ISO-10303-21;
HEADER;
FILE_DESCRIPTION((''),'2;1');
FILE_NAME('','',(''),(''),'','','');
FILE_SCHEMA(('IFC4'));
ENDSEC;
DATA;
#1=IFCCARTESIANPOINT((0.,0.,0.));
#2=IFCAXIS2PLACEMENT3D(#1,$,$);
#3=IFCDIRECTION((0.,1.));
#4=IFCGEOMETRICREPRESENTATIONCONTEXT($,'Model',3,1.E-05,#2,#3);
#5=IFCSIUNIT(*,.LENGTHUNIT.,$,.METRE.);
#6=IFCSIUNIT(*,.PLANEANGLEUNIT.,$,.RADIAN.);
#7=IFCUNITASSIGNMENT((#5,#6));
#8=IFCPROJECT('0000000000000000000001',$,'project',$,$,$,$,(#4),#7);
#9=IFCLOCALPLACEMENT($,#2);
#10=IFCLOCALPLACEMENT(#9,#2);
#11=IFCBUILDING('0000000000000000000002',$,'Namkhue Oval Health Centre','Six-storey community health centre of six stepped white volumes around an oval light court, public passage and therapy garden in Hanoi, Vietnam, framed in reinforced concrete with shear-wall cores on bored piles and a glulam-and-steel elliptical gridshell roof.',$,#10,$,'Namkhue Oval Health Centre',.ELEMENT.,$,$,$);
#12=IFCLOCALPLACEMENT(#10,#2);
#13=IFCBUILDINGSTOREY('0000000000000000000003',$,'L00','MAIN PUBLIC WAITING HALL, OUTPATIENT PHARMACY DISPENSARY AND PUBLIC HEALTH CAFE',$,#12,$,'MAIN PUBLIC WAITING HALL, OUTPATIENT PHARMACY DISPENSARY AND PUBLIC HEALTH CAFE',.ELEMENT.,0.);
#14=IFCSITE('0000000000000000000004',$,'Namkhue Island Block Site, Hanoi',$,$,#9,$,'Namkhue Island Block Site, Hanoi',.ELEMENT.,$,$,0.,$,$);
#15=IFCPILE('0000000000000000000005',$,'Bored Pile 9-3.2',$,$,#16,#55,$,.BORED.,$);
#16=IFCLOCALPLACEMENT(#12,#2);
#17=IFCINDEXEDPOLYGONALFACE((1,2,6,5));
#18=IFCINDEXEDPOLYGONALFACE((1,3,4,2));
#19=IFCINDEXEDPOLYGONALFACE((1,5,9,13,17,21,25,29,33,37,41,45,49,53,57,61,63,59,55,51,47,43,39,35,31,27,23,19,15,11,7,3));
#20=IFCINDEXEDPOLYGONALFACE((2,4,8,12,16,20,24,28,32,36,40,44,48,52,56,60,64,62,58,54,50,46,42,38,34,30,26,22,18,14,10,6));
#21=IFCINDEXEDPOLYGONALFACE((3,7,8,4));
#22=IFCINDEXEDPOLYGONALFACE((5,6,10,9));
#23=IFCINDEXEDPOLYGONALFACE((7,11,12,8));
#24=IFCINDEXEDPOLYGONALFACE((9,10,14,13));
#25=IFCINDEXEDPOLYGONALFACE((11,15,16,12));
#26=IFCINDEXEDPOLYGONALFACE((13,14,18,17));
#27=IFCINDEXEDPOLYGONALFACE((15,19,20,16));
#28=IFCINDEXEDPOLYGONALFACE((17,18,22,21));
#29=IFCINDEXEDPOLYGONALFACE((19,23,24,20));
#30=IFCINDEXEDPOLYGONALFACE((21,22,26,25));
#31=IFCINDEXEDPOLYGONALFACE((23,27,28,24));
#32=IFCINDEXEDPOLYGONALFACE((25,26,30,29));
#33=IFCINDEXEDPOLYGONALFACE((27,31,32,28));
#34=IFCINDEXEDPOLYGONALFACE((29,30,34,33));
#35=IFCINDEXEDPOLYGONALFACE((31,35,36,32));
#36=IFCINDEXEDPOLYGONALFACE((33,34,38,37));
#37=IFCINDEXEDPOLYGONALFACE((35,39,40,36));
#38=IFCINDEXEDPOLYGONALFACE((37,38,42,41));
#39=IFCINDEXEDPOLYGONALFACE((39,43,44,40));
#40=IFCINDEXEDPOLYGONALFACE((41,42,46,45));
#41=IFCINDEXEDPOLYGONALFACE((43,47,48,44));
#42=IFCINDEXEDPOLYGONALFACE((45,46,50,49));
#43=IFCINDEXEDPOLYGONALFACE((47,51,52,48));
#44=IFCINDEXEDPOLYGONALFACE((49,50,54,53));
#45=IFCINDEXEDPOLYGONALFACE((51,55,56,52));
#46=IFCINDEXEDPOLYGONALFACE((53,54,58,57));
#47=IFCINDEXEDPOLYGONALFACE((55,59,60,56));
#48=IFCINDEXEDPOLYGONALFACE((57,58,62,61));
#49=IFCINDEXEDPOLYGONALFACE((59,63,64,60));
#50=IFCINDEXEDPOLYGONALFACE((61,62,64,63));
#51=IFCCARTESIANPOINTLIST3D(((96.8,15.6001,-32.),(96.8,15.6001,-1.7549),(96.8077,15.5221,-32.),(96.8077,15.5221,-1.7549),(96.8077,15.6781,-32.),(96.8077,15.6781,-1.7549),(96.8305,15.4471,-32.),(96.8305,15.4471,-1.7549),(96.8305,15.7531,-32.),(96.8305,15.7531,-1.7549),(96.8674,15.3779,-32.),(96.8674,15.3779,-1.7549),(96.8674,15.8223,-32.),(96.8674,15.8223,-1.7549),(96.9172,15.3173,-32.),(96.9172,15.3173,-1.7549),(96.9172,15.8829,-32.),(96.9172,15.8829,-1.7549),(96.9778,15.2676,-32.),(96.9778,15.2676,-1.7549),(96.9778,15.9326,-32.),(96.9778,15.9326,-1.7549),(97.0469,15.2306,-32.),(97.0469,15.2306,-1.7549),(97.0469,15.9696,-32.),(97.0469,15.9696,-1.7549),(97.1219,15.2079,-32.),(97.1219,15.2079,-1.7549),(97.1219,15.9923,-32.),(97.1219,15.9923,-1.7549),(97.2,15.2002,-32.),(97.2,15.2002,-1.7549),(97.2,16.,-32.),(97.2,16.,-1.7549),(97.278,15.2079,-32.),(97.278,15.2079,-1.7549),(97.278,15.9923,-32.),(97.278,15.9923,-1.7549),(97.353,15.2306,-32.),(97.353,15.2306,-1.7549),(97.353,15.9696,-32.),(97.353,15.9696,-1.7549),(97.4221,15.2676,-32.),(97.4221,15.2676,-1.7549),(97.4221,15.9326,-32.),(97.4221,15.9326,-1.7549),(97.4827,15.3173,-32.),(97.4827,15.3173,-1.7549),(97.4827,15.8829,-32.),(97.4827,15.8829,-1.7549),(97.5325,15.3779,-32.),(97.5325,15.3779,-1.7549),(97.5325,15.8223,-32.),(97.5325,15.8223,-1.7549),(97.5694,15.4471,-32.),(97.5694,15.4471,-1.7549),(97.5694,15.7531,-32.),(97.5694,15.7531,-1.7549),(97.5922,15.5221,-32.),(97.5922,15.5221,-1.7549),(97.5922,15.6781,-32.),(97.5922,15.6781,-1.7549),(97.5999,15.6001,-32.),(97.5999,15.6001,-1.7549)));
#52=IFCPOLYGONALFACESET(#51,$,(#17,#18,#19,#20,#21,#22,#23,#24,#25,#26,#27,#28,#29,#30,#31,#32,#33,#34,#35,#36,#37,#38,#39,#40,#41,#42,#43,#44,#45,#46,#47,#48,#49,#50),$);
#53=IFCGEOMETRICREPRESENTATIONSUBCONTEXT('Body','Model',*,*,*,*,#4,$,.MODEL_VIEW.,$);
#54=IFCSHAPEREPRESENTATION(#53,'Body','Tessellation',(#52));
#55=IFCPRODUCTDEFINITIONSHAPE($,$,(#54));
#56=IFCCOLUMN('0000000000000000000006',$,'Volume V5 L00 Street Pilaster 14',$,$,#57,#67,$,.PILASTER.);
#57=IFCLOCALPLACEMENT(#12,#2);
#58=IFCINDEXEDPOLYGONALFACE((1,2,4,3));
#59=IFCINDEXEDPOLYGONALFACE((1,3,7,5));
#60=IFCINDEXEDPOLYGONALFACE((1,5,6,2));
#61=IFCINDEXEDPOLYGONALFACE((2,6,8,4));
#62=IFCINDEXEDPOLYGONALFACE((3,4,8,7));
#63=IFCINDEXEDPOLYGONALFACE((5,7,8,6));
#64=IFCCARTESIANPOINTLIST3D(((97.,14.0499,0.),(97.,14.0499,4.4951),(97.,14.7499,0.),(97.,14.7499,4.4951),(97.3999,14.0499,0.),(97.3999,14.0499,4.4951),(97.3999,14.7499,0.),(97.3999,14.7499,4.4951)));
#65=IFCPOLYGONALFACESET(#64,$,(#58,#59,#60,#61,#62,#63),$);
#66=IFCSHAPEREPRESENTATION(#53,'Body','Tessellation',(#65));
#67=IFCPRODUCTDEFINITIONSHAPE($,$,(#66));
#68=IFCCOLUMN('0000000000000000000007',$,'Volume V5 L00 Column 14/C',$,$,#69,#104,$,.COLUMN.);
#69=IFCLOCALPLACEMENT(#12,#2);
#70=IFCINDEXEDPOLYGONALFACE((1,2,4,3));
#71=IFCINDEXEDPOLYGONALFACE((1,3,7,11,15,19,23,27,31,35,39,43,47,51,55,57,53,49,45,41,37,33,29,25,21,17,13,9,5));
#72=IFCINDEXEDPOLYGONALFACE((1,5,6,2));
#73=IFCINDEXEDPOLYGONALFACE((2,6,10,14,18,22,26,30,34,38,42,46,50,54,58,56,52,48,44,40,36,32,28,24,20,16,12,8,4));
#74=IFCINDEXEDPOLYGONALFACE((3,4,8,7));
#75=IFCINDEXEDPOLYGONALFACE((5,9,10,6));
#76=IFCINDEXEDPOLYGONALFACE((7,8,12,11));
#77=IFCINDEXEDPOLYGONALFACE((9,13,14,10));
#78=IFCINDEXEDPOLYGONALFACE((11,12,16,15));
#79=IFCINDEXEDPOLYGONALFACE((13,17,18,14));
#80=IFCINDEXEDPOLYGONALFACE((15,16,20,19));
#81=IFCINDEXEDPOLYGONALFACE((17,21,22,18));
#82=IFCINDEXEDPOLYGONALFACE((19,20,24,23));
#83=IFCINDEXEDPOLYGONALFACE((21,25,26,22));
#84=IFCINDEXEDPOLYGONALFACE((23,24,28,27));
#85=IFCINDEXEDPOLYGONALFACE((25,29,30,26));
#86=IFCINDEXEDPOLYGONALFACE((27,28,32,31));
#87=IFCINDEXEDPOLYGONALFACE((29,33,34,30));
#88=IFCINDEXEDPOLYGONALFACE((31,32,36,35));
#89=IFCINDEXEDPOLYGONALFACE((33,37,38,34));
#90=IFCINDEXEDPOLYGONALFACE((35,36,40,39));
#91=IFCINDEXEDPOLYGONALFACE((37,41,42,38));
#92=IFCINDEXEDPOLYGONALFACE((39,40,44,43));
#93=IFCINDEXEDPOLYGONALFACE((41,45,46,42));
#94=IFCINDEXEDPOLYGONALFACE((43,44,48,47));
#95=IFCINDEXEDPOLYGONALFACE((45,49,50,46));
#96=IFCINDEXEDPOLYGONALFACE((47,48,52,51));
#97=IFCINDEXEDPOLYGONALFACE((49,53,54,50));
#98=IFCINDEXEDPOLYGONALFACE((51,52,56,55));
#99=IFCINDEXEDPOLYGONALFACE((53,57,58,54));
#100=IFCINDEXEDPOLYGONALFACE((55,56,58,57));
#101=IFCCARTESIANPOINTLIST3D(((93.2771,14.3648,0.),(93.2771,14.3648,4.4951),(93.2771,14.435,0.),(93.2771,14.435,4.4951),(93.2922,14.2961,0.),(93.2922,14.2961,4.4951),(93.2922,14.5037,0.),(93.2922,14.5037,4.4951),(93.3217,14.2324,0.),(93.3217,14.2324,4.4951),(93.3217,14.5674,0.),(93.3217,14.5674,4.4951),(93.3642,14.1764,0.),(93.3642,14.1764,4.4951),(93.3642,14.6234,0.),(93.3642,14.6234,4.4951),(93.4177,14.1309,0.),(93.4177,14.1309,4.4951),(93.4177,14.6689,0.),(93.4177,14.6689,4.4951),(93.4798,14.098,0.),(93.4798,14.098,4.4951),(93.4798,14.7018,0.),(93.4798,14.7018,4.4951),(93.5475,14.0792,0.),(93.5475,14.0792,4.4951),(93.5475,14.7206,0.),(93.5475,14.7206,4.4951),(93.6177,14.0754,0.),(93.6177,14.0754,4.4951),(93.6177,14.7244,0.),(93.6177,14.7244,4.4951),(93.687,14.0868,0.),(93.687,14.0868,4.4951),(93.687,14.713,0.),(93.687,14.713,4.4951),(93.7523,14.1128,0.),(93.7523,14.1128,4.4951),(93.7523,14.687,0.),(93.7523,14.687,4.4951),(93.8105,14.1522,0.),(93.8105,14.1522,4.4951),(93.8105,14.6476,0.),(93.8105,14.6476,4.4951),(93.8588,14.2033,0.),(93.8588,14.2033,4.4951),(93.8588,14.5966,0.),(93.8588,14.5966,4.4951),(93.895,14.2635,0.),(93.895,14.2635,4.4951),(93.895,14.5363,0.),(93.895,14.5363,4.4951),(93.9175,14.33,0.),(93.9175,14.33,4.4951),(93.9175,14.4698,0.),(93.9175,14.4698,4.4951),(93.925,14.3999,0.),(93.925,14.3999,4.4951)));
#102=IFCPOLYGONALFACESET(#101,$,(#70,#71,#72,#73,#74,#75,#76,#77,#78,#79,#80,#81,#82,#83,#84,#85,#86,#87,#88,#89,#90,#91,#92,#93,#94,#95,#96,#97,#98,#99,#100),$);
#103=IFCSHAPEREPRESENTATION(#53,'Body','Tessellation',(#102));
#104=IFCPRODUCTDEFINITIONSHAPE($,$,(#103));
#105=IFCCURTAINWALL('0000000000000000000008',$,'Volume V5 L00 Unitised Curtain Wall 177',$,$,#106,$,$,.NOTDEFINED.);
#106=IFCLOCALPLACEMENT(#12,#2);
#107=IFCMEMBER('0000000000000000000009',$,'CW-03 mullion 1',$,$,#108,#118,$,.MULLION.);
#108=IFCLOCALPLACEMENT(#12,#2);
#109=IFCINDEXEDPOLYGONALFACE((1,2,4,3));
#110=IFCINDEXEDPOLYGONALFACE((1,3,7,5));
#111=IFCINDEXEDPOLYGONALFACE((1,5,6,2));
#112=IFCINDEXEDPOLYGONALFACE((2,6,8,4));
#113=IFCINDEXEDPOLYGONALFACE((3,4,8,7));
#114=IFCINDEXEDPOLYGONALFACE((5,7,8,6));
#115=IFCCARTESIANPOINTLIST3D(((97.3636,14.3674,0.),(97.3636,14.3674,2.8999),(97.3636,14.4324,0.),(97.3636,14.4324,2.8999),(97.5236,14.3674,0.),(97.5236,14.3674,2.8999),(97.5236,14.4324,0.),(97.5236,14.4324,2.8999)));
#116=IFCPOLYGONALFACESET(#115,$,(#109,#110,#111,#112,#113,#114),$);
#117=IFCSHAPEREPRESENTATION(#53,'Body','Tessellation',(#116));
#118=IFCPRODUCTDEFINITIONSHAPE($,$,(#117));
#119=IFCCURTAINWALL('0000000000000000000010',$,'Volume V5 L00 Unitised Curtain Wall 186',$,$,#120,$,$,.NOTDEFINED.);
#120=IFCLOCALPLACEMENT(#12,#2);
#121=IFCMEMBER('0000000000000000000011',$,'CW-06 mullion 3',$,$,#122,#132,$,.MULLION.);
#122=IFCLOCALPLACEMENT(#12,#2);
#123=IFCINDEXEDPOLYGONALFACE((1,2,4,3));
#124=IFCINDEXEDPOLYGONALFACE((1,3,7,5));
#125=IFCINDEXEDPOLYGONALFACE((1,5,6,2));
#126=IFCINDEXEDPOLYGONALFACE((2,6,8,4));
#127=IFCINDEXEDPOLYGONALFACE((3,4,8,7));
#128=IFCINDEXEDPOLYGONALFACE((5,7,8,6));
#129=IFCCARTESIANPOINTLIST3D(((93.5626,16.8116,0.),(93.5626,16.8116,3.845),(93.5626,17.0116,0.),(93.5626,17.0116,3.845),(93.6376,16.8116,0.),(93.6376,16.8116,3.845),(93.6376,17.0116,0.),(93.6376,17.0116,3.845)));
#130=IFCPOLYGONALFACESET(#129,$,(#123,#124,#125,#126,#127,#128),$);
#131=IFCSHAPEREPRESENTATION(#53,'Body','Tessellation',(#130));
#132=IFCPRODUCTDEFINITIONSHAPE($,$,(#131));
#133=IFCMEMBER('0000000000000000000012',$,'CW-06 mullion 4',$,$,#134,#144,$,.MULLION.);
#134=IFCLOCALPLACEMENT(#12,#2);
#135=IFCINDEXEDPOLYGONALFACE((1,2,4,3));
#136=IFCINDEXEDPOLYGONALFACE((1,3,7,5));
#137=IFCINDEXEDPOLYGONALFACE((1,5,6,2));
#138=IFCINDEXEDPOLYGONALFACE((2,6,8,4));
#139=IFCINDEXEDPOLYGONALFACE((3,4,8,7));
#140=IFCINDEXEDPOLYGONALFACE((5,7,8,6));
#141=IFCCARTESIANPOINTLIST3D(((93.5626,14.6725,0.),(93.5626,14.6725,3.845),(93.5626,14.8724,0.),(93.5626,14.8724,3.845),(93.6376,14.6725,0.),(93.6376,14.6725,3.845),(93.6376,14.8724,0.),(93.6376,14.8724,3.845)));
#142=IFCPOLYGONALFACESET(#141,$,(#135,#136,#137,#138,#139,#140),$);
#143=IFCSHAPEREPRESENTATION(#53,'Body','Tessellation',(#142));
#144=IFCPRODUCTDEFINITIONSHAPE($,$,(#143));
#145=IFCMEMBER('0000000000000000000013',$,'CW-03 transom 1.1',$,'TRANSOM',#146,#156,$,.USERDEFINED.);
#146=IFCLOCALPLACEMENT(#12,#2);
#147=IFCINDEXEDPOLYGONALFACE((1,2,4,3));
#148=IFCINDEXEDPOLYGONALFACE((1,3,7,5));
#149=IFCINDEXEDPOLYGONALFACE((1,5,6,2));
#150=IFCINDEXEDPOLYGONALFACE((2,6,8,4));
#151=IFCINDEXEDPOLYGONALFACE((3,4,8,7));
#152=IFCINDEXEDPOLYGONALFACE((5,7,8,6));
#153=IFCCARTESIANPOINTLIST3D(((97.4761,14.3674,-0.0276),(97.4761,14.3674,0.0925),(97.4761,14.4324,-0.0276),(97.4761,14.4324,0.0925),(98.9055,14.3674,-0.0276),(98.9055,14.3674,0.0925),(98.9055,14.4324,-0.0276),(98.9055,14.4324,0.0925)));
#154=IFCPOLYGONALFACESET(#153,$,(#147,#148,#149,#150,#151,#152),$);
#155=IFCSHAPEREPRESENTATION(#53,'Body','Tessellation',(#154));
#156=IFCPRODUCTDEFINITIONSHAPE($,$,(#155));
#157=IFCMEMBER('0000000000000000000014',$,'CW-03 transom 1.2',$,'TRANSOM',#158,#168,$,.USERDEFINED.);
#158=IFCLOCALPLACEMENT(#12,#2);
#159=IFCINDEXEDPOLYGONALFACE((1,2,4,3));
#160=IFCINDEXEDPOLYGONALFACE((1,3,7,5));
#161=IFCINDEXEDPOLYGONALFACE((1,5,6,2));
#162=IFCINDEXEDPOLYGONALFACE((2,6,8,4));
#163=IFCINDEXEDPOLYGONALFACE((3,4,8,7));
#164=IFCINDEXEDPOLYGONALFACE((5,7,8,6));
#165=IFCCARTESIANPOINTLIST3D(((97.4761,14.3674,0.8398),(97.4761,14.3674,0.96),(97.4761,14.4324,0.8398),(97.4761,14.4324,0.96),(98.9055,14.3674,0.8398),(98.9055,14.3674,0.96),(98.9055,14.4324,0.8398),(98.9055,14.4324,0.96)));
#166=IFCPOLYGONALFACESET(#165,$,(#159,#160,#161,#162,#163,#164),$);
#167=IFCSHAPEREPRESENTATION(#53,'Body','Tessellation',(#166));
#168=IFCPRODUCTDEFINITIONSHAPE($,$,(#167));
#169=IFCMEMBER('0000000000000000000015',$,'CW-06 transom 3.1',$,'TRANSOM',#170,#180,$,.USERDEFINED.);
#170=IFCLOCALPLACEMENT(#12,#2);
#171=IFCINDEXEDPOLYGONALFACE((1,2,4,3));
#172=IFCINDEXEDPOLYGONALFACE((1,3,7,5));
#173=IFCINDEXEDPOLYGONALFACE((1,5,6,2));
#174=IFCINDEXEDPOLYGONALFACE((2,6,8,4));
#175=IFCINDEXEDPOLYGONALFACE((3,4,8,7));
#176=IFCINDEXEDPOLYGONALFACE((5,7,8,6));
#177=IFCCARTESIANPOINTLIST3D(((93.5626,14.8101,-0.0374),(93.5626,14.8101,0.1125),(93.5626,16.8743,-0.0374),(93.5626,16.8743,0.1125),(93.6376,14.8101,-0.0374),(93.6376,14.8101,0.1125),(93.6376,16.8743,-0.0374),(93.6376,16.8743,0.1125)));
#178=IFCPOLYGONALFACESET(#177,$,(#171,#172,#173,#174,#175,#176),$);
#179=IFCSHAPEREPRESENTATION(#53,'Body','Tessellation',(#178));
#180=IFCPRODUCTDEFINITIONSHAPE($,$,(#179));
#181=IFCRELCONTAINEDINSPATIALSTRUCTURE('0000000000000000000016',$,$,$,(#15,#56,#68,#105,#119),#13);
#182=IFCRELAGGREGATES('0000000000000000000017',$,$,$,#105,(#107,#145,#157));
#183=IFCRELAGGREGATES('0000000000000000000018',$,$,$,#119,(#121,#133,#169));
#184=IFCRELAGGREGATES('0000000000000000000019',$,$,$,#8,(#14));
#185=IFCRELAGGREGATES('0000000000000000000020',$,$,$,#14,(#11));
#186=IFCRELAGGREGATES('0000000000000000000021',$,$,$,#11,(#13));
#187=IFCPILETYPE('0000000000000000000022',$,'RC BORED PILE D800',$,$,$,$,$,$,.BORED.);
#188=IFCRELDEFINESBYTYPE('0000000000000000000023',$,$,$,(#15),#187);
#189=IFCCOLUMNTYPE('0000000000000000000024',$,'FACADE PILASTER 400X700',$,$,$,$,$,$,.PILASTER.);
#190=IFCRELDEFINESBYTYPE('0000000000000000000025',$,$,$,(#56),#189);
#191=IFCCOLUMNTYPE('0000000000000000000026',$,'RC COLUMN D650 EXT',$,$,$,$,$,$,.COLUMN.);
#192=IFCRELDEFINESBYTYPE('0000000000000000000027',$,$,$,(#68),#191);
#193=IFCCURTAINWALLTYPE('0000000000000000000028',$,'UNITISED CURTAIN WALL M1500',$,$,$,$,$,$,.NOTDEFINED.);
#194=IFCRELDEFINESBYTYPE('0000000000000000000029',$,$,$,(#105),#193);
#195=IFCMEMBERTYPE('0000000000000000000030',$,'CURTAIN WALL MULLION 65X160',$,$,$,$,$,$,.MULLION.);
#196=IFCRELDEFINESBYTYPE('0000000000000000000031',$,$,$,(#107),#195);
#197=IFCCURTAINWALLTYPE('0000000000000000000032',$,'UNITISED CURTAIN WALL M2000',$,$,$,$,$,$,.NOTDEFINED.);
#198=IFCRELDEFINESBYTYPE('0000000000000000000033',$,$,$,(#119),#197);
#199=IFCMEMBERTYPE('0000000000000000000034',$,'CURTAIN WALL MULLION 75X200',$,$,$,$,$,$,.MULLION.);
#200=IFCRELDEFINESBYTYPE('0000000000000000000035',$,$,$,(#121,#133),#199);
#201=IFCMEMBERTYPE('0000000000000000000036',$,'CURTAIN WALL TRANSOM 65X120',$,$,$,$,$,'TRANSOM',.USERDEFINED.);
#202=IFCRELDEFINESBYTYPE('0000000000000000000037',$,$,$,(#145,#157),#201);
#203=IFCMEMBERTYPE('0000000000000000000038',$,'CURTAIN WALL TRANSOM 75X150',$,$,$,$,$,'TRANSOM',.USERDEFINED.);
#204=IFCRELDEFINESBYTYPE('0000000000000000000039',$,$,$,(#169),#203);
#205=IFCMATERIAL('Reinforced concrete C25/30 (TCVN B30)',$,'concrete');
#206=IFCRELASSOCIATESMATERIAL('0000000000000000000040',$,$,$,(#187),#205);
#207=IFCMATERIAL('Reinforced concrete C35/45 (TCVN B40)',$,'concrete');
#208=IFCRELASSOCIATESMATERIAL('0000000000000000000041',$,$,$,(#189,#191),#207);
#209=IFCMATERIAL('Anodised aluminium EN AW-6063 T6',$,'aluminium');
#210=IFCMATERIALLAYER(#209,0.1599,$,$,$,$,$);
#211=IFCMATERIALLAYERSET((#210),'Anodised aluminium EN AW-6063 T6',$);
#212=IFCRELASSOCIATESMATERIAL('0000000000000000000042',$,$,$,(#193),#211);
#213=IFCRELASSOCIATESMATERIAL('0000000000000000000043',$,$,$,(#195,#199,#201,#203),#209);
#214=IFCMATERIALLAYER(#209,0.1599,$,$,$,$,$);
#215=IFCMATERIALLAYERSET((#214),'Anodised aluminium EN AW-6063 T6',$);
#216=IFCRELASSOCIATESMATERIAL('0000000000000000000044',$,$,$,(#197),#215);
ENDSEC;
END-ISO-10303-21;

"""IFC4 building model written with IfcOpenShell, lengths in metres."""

from ifc_helpers import new_model, si_unit, direction, frame, origin, origin_2d, place, context, subcontext, project, spatial, rectangle, circle, extrude, material, layer, layer_set, material_profile, profile_set, type_object, element, aggregate, save


model = new_model("IFC4")

# Units and contexts
model_context = context("Model", 3, precision=1e-05, world=origin(), true_north=direction((0.0, 1.0)))
body_context = subcontext(model_context, "Body", "Model", "MODEL_VIEW")
ifc_project = project(units=[si_unit("LENGTHUNIT", "METRE"), si_unit("PLANEANGLEUNIT", "RADIAN")], contexts=[model_context])

# Site, building, storey
site_placement = place(None, origin())
site = spatial("IfcSite", under=ifc_project, at=site_placement, Name="Namkhue Island Block Site, Hanoi", LongName="Namkhue Island Block Site, Hanoi", CompositionType="ELEMENT", RefElevation=0.0)
building_placement = place(site_placement, origin())
building = spatial("IfcBuilding", under=site, at=building_placement, Name="Namkhue Oval Health Centre", Description="Six-storey community health centre of six stepped white volumes around an oval light court, public passage and therapy garden in Hanoi, Vietnam, framed in reinforced concrete with shear-wall cores on bored piles and a glulam-and-steel elliptical gridshell roof.", LongName="Namkhue Oval Health Centre", CompositionType="ELEMENT")
storey_placement = place(building_placement, origin())
storey = spatial("IfcBuildingStorey", under=building, at=storey_placement, Name="L00", Description="MAIN PUBLIC WAITING HALL, OUTPATIENT PHARMACY DISPENSARY AND PUBLIC HEALTH CAFE", LongName="MAIN PUBLIC WAITING HALL, OUTPATIENT PHARMACY DISPENSARY AND PUBLIC HEALTH CAFE", CompositionType="ELEMENT", Elevation=0.0)

# Pile
ifc_material_1 = material(Name="Reinforced concrete C25/30 (TCVN B30)", Category="concrete")
ifc_material_profile_1 = material_profile(ifc_material_1, circle(Radius=0.3999, at=origin_2d()), Name="BORED PILE D800")
ifc_profile_set_1 = profile_set([ifc_material_profile_1], Name="Reinforced concrete C25/30 (TCVN B30)")
pile_type = type_object("IfcPileType", Name="RC BORED PILE D800", PredefinedType="BORED", material=ifc_profile_set_1)
for number, where, z_axis, x_axis, name in (
    (1, (97.2, 15.6001, -1.7549), (0.0, 0.0, -1.0), (1.0, 0.0, 0.0), "Bored Pile 9-3.2"),
):
    element("IfcPile", number, at=place(storey_placement, frame(where, z_axis=z_axis, x_axis=x_axis)), inside=storey, type_object=pile_type, Name=name, PredefinedType="BORED", context=body_context, shape_type="SweptSolid", body=[
        extrude(circle(Radius=0.3999, at=origin_2d()), origin(), (0.0, 0.0, 1.0), 30.2451),
    ])

# Columns
ifc_material_2 = material(Name="Reinforced concrete C35/45 (TCVN B40)", Category="concrete")
ifc_material_profile_2 = material_profile(ifc_material_2, rectangle(XDim=0.3999, YDim=0.7, at=origin_2d()), Name="RC 400x700")
ifc_profile_set_2 = profile_set([ifc_material_profile_2], Name="Reinforced concrete C35/45 (TCVN B40)")
column_type_1 = type_object("IfcColumnType", Name="FACADE PILASTER 400X700", PredefinedType="PILASTER", material=ifc_profile_set_2)
column_1_placement = place(storey_placement, frame((97.2, 14.3999, 0.0), z_axis=(0.0, 0.0, 1.0), x_axis=(1.0, 0.0, 0.0)))
element("IfcColumn", 2, at=column_1_placement, inside=storey, type_object=column_type_1, Name="Volume V5 L00 Street Pilaster 14", PredefinedType="PILASTER", context=body_context, shape_type="SweptSolid", body=[
    extrude(rectangle(XDim=0.3999, YDim=0.7, at=origin_2d()), origin(), (0.0, 0.0, 1.0), 4.4951),
])
ifc_material_profile_3 = material_profile(ifc_material_2, circle(Radius=0.325, at=origin_2d()), Name="RC D650")
ifc_profile_set_3 = profile_set([ifc_material_profile_3], Name="Reinforced concrete C35/45 (TCVN B40)")
column_type_2 = type_object("IfcColumnType", Name="RC COLUMN D650 EXT", PredefinedType="COLUMN", material=ifc_profile_set_3)
column_2_placement = place(storey_placement, frame((93.6001, 14.3999, 0.0), z_axis=(0.0, 0.0, 1.0), x_axis=(1.0, 0.0, 0.0)))
element("IfcColumn", 3, at=column_2_placement, inside=storey, type_object=column_type_2, Name="Volume V5 L00 Column 14/C", PredefinedType="COLUMN", context=body_context, shape_type="SweptSolid", body=[
    extrude(circle(Radius=0.325, at=origin_2d()), origin(), (0.0, 0.0, 1.0), 4.4951),
])

# Curtain wall, member
ifc_material_3 = material(Name="Anodised aluminium EN AW-6063 T6", Category="aluminium")
ifc_layer_1 = layer(ifc_material_3, 0.1599)
ifc_layer_set_1 = layer_set([ifc_layer_1], Name="Anodised aluminium EN AW-6063 T6")
curtain_wall_type_1 = type_object("IfcCurtainWallType", Name="UNITISED CURTAIN WALL M1500", PredefinedType="NOTDEFINED", material=ifc_layer_set_1)
curtain_wall_1_placement = place(storey_placement, origin())
curtain_wall_1 = element("IfcCurtainWall", 4, at=curtain_wall_1_placement, inside=storey, type_object=curtain_wall_type_1, Name="Volume V5 L00 Unitised Curtain Wall 177", PredefinedType="NOTDEFINED")
ifc_material_profile_4 = material_profile(ifc_material_3, rectangle(XDim=0.0649, YDim=0.1599, at=origin_2d()), Name="ALU 65x160")
ifc_profile_set_4 = profile_set([ifc_material_profile_4], Name="Anodised aluminium EN AW-6063 T6")
member_type_1 = type_object("IfcMemberType", Name="CURTAIN WALL MULLION 65X160", PredefinedType="MULLION", material=ifc_profile_set_4)
member_1_placement = place(storey_placement, frame((97.4436, 14.3999, 0.0), z_axis=(0.0, 0.0, 1.0), x_axis=(0.0, 1.0, 0.0)))
member_1 = element("IfcMember", 5, at=member_1_placement, type_object=member_type_1, Name="CW-03 mullion 1", PredefinedType="MULLION", context=body_context, shape_type="SweptSolid", body=[
    extrude(rectangle(XDim=0.0649, YDim=0.1599, at=origin_2d()), origin(), (0.0, 0.0, 1.0), 2.8999),
])

# Curtain wall, members
ifc_layer_2 = layer(ifc_material_3, 0.1599)
ifc_layer_set_2 = layer_set([ifc_layer_2], Name="Anodised aluminium EN AW-6063 T6")
curtain_wall_type_2 = type_object("IfcCurtainWallType", Name="UNITISED CURTAIN WALL M2000", PredefinedType="NOTDEFINED", material=ifc_layer_set_2)
curtain_wall_2_placement = place(storey_placement, origin())
curtain_wall_2 = element("IfcCurtainWall", 6, at=curtain_wall_2_placement, inside=storey, type_object=curtain_wall_type_2, Name="Volume V5 L00 Unitised Curtain Wall 186", PredefinedType="NOTDEFINED")
ifc_material_profile_5 = material_profile(ifc_material_3, rectangle(XDim=0.075, YDim=0.2, at=origin_2d()), Name="ALU 75x200")
ifc_profile_set_5 = profile_set([ifc_material_profile_5], Name="Anodised aluminium EN AW-6063 T6")
member_type_2 = type_object("IfcMemberType", Name="CURTAIN WALL MULLION 75X200", PredefinedType="MULLION", material=ifc_profile_set_5)
member_2_placement = place(storey_placement, frame((93.6001, 16.9116, 0.0), z_axis=(0.0, 0.0, 1.0), x_axis=(1.0, 0.0, 0.0)))
member_2 = element("IfcMember", 7, at=member_2_placement, type_object=member_type_2, Name="CW-06 mullion 3", PredefinedType="MULLION", context=body_context, shape_type="SweptSolid", body=[
    extrude(rectangle(XDim=0.075, YDim=0.2, at=origin_2d()), origin(), (0.0, 0.0, 1.0), 3.845),
])
member_3_placement = place(storey_placement, frame((93.6001, 14.7725, 0.0), z_axis=(0.0, 0.0, 1.0), x_axis=(1.0, 0.0, 0.0)))
member_3 = element("IfcMember", 8, at=member_3_placement, type_object=member_type_2, Name="CW-06 mullion 4", PredefinedType="MULLION", context=body_context, shape_type="SweptSolid", body=[
    extrude(rectangle(XDim=0.075, YDim=0.2, at=origin_2d()), origin(), (0.0, 0.0, 1.0), 3.845),
])

# Members
ifc_material_profile_6 = material_profile(ifc_material_3, rectangle(XDim=0.0649, YDim=0.1201, at=origin_2d()), Name="ALU 65x120")
ifc_profile_set_6 = profile_set([ifc_material_profile_6], Name="Anodised aluminium EN AW-6063 T6")
member_type_3 = type_object("IfcMemberType", Name="CURTAIN WALL TRANSOM 65X120", ElementType="TRANSOM", PredefinedType="USERDEFINED", material=ifc_profile_set_6)
member_4_placement = place(storey_placement, frame((97.4761, 14.3999, 0.0325), z_axis=(1.0, 0.0, 0.0), x_axis=(0.0, 1.0, 0.0)))
member_4 = element("IfcMember", 9, at=member_4_placement, type_object=member_type_3, Name="CW-03 transom 1.1", ObjectType="TRANSOM", PredefinedType="USERDEFINED", context=body_context, shape_type="SweptSolid", body=[
    extrude(rectangle(XDim=0.0649, YDim=0.1201, at=origin_2d()), origin(), (0.0, 0.0, 1.0), 1.4294),
])
member_5_placement = place(storey_placement, frame((97.4761, 14.3999, 0.8999), z_axis=(1.0, 0.0, 0.0), x_axis=(0.0, 1.0, 0.0)))
member_5 = element("IfcMember", 10, at=member_5_placement, type_object=member_type_3, Name="CW-03 transom 1.2", ObjectType="TRANSOM", PredefinedType="USERDEFINED", context=body_context, shape_type="SweptSolid", body=[
    extrude(rectangle(XDim=0.0649, YDim=0.1201, at=origin_2d()), origin(), (0.0, 0.0, 1.0), 1.4294),
])
aggregate(curtain_wall_1, [member_1, member_4, member_5])
ifc_material_profile_7 = material_profile(ifc_material_3, rectangle(XDim=0.075, YDim=0.1499, at=origin_2d()), Name="ALU 75x150")
ifc_profile_set_7 = profile_set([ifc_material_profile_7], Name="Anodised aluminium EN AW-6063 T6")
member_type_4 = type_object("IfcMemberType", Name="CURTAIN WALL TRANSOM 75X150", ElementType="TRANSOM", PredefinedType="USERDEFINED", material=ifc_profile_set_7)
member_6_placement = place(storey_placement, frame((93.6001, 16.8743, 0.0376), z_axis=(0.0, -1.0, 0.0), x_axis=(1.0, 0.0, 0.0)))
member_6 = element("IfcMember", 11, at=member_6_placement, type_object=member_type_4, Name="CW-06 transom 3.1", ObjectType="TRANSOM", PredefinedType="USERDEFINED", context=body_context, shape_type="SweptSolid", body=[
    extrude(rectangle(XDim=0.075, YDim=0.1499, at=origin_2d()), origin(), (0.0, 0.0, 1.0), 2.0642),
])

aggregate(curtain_wall_2, [member_2, member_3, member_6])

save(model, "model.ifc")
